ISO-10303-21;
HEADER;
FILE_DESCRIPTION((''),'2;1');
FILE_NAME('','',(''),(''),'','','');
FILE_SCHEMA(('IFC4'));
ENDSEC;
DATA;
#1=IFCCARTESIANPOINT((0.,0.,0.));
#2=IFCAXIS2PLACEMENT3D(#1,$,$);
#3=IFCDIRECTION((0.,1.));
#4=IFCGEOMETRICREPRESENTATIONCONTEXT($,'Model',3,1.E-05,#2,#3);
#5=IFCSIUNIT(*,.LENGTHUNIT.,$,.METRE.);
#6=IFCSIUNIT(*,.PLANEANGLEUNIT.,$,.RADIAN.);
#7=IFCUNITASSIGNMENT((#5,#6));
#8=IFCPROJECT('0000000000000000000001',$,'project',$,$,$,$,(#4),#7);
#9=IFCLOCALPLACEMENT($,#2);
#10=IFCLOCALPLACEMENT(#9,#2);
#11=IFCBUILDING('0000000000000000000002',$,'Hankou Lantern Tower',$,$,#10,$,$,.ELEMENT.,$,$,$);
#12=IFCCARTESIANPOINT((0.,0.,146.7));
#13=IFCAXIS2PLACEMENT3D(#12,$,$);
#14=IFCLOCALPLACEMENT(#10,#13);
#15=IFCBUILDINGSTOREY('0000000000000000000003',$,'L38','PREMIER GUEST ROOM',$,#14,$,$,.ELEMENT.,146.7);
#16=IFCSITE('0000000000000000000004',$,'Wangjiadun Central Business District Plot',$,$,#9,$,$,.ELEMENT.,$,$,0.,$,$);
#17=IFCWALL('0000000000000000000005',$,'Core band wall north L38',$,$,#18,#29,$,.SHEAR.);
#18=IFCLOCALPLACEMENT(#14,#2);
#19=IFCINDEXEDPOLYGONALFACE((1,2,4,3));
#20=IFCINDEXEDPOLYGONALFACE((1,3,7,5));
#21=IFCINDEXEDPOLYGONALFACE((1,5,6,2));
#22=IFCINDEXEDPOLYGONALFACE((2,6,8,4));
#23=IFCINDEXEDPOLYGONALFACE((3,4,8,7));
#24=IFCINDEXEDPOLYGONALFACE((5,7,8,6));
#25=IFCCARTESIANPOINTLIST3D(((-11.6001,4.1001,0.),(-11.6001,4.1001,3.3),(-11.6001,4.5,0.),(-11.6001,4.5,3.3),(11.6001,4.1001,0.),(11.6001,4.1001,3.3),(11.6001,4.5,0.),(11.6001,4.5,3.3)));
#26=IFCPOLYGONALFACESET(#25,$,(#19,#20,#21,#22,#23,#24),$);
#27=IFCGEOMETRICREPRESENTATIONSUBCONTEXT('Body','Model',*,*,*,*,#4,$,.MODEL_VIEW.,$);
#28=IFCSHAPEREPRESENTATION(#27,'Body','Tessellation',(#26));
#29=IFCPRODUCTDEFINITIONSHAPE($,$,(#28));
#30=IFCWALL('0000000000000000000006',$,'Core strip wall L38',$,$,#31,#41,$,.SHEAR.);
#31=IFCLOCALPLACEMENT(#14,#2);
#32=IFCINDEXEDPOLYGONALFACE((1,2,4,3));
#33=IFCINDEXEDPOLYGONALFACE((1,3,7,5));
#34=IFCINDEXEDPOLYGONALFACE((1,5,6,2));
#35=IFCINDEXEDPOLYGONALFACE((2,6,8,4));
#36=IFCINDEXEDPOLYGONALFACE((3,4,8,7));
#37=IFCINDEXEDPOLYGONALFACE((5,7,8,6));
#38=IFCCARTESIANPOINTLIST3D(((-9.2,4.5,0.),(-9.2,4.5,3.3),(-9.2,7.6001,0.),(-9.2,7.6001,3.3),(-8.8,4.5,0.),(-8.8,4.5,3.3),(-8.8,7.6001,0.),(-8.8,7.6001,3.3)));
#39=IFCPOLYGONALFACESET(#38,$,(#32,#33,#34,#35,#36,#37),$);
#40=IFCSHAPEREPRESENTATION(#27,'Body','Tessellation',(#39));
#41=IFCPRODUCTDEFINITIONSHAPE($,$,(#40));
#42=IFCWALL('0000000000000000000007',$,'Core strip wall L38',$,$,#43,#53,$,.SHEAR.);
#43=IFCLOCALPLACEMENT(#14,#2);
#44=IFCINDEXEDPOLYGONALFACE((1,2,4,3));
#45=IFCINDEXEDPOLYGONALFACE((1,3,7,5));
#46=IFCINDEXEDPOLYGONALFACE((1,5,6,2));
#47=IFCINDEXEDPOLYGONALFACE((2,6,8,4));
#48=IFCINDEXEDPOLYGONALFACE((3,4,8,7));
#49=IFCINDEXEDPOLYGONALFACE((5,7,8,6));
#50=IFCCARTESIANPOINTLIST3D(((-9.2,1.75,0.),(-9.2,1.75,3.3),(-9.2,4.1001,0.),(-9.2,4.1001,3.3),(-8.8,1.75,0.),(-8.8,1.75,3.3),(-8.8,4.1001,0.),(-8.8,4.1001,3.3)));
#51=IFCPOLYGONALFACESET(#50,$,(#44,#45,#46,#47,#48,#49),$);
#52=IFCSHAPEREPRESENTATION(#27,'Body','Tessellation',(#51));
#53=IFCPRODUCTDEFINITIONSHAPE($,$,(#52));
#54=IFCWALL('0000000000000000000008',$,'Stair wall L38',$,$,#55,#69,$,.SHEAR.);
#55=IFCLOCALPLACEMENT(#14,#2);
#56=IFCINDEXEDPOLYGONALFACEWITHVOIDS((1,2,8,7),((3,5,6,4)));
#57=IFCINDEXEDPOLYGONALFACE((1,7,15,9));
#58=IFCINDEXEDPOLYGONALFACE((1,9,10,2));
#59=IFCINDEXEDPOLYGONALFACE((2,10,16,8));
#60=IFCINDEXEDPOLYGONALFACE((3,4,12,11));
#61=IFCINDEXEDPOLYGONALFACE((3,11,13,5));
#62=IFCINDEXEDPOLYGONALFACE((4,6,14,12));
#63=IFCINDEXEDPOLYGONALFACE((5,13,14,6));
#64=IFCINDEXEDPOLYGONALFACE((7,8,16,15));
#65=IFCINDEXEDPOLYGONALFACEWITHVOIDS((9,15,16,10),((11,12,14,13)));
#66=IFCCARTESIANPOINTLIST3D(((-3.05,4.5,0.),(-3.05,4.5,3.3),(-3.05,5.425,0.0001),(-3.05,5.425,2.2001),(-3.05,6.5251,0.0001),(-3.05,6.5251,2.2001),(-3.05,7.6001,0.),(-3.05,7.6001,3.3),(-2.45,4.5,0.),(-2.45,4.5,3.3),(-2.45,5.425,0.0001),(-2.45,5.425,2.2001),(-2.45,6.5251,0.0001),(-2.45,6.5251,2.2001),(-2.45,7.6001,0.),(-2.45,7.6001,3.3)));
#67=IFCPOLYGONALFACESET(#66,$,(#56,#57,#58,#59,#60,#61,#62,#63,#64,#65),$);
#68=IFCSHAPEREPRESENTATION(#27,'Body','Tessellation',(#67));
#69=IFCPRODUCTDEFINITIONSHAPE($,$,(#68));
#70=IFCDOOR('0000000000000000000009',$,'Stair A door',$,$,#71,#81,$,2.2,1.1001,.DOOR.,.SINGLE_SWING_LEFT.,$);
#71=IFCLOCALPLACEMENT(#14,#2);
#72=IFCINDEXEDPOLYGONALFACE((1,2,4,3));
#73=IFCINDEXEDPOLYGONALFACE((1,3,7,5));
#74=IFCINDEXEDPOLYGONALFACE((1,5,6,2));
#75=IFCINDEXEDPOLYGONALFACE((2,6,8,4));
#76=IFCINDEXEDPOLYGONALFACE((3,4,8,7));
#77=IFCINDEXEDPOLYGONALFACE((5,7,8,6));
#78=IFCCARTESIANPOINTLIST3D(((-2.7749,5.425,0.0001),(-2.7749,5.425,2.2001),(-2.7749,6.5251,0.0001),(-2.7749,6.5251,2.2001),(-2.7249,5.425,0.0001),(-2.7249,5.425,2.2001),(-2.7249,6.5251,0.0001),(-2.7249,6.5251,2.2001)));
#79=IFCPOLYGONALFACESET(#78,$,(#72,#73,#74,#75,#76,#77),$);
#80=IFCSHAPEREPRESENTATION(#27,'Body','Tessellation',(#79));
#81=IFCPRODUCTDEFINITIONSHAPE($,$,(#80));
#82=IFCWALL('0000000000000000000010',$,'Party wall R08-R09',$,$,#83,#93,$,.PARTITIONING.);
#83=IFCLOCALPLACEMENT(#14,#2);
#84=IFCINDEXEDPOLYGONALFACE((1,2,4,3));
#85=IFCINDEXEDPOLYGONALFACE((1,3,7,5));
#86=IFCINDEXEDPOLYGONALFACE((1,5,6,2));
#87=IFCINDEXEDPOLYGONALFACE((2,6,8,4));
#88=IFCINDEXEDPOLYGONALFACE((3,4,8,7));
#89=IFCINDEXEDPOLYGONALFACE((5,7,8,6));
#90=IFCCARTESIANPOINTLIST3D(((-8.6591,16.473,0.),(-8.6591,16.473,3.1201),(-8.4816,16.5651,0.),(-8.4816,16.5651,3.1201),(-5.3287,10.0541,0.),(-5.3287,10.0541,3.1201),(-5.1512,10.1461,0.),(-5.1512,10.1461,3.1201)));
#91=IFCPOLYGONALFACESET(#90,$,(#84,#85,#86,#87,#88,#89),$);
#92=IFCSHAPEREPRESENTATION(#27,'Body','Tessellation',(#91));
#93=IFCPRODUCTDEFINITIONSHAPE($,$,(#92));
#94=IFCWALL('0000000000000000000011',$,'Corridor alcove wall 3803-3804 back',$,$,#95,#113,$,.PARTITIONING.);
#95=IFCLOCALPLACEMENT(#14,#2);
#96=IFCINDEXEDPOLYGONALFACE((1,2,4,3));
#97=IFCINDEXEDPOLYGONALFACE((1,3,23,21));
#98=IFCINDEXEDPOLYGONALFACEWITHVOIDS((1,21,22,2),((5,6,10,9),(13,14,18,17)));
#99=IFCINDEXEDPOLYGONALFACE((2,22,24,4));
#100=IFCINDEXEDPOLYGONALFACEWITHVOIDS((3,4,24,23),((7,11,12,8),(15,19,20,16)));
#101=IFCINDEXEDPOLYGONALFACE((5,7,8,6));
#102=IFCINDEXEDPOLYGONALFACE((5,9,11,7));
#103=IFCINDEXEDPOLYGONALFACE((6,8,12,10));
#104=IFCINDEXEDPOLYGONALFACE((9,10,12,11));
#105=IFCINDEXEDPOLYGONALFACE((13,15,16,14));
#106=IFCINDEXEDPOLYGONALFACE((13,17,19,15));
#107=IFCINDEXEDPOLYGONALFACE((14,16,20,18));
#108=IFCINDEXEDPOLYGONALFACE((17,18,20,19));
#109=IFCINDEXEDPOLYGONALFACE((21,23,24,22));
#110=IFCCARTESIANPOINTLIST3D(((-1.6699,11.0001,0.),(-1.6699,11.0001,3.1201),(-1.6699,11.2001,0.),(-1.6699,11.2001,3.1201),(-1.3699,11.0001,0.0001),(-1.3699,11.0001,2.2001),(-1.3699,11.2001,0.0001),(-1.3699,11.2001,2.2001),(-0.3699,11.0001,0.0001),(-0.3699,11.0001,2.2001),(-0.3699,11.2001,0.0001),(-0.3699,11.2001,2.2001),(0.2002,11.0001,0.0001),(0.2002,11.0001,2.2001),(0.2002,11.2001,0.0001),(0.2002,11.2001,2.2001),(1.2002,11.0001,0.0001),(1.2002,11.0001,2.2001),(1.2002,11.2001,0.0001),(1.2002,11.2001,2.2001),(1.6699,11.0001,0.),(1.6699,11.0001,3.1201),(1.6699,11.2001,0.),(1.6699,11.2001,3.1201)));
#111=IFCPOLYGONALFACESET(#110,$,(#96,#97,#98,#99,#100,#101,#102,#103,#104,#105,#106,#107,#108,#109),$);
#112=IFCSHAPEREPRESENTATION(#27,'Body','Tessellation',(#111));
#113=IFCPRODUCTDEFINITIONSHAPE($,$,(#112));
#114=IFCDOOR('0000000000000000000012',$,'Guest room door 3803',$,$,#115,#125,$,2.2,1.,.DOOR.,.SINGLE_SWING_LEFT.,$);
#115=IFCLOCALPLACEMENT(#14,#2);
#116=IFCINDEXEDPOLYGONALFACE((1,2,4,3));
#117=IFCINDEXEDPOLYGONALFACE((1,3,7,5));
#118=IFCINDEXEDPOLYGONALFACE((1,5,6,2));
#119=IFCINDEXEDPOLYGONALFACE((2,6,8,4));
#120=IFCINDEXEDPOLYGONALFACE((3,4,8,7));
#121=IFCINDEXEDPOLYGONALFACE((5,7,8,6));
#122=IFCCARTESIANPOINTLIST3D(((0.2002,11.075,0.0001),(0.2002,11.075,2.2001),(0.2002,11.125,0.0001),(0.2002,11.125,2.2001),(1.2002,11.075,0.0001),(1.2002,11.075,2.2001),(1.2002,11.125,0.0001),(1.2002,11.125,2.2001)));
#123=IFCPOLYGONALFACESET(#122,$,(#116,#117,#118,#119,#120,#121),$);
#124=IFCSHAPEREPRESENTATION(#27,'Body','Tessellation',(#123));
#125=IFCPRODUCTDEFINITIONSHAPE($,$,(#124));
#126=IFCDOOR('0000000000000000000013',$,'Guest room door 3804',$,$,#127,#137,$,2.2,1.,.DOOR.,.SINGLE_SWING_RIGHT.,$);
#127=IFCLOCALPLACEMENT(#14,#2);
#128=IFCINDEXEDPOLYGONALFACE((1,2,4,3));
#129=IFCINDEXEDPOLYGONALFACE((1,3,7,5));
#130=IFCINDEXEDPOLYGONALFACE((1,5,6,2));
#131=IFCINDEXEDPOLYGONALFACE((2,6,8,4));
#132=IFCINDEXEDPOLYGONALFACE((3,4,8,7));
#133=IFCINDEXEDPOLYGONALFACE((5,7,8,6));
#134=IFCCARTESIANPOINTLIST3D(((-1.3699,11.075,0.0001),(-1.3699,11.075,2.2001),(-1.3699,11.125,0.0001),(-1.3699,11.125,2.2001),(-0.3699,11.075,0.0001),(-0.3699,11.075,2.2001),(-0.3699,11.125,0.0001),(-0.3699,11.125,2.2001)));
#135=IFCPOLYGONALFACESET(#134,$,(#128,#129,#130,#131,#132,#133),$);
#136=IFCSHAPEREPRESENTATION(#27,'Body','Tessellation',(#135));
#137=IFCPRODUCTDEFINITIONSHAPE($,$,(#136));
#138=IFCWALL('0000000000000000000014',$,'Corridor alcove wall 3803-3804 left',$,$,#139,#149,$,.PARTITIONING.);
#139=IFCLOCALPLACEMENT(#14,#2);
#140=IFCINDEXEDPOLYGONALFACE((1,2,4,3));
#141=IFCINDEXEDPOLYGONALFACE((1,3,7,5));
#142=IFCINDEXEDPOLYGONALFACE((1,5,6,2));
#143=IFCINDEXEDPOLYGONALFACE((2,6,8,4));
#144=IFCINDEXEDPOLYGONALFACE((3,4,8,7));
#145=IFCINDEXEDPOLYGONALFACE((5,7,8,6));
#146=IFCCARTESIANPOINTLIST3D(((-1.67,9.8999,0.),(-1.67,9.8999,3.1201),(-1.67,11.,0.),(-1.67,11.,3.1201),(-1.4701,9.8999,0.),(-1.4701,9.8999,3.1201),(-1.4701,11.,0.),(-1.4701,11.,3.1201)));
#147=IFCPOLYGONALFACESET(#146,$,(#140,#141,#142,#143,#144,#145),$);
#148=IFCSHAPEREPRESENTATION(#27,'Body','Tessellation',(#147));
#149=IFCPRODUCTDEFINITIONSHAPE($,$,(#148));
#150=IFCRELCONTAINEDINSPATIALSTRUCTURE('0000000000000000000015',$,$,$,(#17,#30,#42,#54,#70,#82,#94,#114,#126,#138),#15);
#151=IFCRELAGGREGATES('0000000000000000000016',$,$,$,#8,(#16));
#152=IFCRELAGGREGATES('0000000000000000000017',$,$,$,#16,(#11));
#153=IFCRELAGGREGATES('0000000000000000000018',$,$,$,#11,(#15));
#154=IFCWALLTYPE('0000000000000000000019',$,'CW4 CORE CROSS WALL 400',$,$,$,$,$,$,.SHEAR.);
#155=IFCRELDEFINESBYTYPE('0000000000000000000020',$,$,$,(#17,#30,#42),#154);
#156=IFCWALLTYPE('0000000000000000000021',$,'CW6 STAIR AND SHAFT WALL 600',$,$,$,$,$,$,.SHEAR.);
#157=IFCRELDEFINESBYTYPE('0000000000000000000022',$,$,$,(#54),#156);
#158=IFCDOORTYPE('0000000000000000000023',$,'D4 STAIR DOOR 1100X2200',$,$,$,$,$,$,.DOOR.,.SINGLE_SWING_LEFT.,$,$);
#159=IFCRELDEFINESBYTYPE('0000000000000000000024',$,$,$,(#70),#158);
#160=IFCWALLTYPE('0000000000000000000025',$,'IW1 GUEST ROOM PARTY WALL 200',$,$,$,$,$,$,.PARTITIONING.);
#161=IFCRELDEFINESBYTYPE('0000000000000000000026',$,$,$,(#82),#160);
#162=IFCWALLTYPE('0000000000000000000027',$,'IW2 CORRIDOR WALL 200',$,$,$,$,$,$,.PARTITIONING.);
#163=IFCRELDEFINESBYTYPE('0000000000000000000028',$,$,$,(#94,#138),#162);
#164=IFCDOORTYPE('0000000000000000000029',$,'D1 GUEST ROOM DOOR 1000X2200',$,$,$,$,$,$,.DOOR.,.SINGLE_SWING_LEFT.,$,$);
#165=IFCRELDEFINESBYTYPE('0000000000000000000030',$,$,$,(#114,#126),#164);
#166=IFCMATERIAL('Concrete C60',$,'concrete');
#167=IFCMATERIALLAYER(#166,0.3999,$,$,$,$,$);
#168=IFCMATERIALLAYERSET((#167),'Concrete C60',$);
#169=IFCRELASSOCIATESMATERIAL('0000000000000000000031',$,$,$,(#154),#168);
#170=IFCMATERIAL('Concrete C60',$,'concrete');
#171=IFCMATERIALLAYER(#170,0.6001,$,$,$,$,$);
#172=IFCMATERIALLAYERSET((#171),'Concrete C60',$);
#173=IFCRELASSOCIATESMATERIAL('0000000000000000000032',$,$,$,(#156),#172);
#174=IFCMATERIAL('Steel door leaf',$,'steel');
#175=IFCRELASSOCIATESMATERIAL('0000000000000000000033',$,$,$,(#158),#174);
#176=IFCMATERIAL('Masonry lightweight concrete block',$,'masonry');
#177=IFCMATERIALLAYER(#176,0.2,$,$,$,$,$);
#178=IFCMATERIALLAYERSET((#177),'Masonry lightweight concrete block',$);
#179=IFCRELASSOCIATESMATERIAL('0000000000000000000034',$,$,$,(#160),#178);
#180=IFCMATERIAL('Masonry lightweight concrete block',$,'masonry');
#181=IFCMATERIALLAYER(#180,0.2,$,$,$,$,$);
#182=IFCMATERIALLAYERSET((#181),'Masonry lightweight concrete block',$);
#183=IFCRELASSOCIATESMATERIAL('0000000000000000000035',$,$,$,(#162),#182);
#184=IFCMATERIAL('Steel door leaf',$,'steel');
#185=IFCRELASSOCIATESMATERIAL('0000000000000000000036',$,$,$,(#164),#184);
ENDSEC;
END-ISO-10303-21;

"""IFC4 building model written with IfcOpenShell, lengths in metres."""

from ifc_helpers import new_model, si_unit, direction, frame, frame_2d, origin, place, context, subcontext, project, spatial, rectangle, extrude, material, layer, layer_set, type_object, element, fill, save


model = new_model("IFC4")

# Units and contexts
model_context = context("Model", 3, precision=1e-05, world=origin(), true_north=direction((0.0, 1.0)))
body_context = subcontext(model_context, "Body", "Model", "MODEL_VIEW")
ifc_project = project(units=[si_unit("LENGTHUNIT", "METRE"), si_unit("PLANEANGLEUNIT", "RADIAN")], contexts=[model_context])

# Site, building, storey
site_placement = place(None, origin())
site = spatial("IfcSite", under=ifc_project, at=site_placement, Name="Wangjiadun Central Business District Plot", CompositionType="ELEMENT", RefElevation=0.0)
building_placement = place(site_placement, origin())
building = spatial("IfcBuilding", under=site, at=building_placement, Name="Hankou Lantern Tower", CompositionType="ELEMENT")
storey_placement = place(building_placement, frame((0.0, 0.0, 146.7)))
storey = spatial("IfcBuildingStorey", under=building, at=storey_placement, Name="L38", Description="PREMIER GUEST ROOM", CompositionType="ELEMENT", Elevation=146.7)

# Walls
ifc_material_1 = material(Name="Concrete C60", Category="concrete")
ifc_layer_1 = layer(ifc_material_1, 0.3999)
ifc_layer_set_1 = layer_set([ifc_layer_1], Name="Concrete C60")
wall_type_1 = type_object("IfcWallType", Name="CW4 CORE CROSS WALL 400", PredefinedType="SHEAR", material=ifc_layer_set_1)
wall_1_placement = place(storey_placement, frame((-11.6001, 4.3, 0.0), z_axis=(0.0, 0.0, 1.0), x_axis=(1.0, 0.0, 0.0)))
element("IfcWall", 1, at=wall_1_placement, inside=storey, type_object=wall_type_1, Name="Core band wall north L38", PredefinedType="SHEAR", context=body_context, shape_type="SweptSolid", body=[
    extrude(rectangle(XDim=23.2002, YDim=0.3999, at=frame_2d((11.6001, 0.0))), origin(), (0.0, 0.0, 1.0), 3.3),
])
wall_2_placement = place(storey_placement, frame((-9.0, 4.5, 0.0), z_axis=(0.0, 0.0, 1.0), x_axis=(0.0, 1.0, 0.0)))
element("IfcWall", 2, at=wall_2_placement, inside=storey, type_object=wall_type_1, Name="Core strip wall L38", PredefinedType="SHEAR", context=body_context, shape_type="SweptSolid", body=[
    extrude(rectangle(XDim=3.1001, YDim=0.3999, at=frame_2d((1.55, 0.0))), origin(), (0.0, 0.0, 1.0), 3.3),
])
wall_3_placement = place(storey_placement, frame((-9.0, 1.75, 0.0), z_axis=(0.0, 0.0, 1.0), x_axis=(0.0, 1.0, 0.0)))
element("IfcWall", 3, at=wall_3_placement, inside=storey, type_object=wall_type_1, Name="Core strip wall L38", PredefinedType="SHEAR", context=body_context, shape_type="SweptSolid", body=[
    extrude(rectangle(XDim=2.3501, YDim=0.3999, at=frame_2d((1.175, 0.0))), origin(), (0.0, 0.0, 1.0), 3.3),
])

# Wall, opening, door
ifc_material_2 = material(Name="Concrete C60", Category="concrete")
ifc_layer_2 = layer(ifc_material_2, 0.6001)
ifc_layer_set_2 = layer_set([ifc_layer_2], Name="Concrete C60")
wall_type_2 = type_object("IfcWallType", Name="CW6 STAIR AND SHAFT WALL 600", PredefinedType="SHEAR", material=ifc_layer_set_2)
wall_4_placement = place(storey_placement, frame((-2.75, 4.5, 0.0), z_axis=(0.0, 0.0, 1.0), x_axis=(0.0, 1.0, 0.0)))
wall_4 = element("IfcWall", 4, at=wall_4_placement, inside=storey, type_object=wall_type_2, Name="Stair wall L38", PredefinedType="SHEAR", context=body_context, shape_type="SweptSolid", body=[
    extrude(rectangle(XDim=3.1001, YDim=0.6001, at=frame_2d((1.55, 0.0))), origin(), (0.0, 0.0, 1.0), 3.3),
])
opening_1_placement = place(wall_4_placement, frame((0.925, 0.0, 0.0)))
opening_1 = element("IfcOpeningElement", 5, at=opening_1_placement, cuts=wall_4, PredefinedType="OPENING", context=body_context, shape_type="SweptSolid", body=[
    extrude(rectangle(XDim=1.1001, YDim=2.2, at=frame_2d((0.55, 1.1001))), frame((0.0, 0.3101, 0.0), z_axis=(0.0, -1.0, 0.0), x_axis=(1.0, 0.0, 0.0)), (0.0, 0.0, 1.0), 0.6201),
])
ifc_material_3 = material(Name="Steel door leaf", Category="steel")
door_type_1 = type_object("IfcDoorType", Name="D4 STAIR DOOR 1100X2200", OperationType="SINGLE_SWING_LEFT", PredefinedType="DOOR", material=ifc_material_3)
door_1_placement = place(opening_1_placement, origin())
door_1 = element("IfcDoor", 6, at=door_1_placement, inside=storey, type_object=door_type_1, Name="Stair A door", OperationType="SINGLE_SWING_LEFT", OverallHeight=2.2, OverallWidth=1.1001, PredefinedType="DOOR", context=body_context, shape_type="SweptSolid", body=[
    extrude(rectangle(XDim=1.1001, YDim=2.2, at=frame_2d((0.55, 1.1001))), frame((0.0, 0.0249, 0.0), z_axis=(0.0, -1.0, 0.0), x_axis=(1.0, 0.0, 0.0)), (0.0, 0.0, 1.0), 0.05),
])
fill(opening_1, door_1)

# Wall
ifc_material_4 = material(Name="Masonry lightweight concrete block", Category="masonry")
ifc_layer_3 = layer(ifc_material_4, 0.2)
ifc_layer_set_3 = layer_set([ifc_layer_3], Name="Masonry lightweight concrete block")
wall_type_3 = type_object("IfcWallType", Name="IW1 GUEST ROOM PARTY WALL 200", PredefinedType="PARTITIONING", material=ifc_layer_set_3)
wall_5_placement = place(storey_placement, frame((-5.24, 10.1001, 0.0), z_axis=(0.0, 0.0, 1.0), x_axis=(-0.460533, 0.887643, 0.0)))
element("IfcWall", 7, at=wall_5_placement, inside=storey, type_object=wall_type_3, Name="Party wall R08-R09", PredefinedType="PARTITIONING", context=body_context, shape_type="SweptSolid", body=[
    extrude(rectangle(XDim=7.2314, YDim=0.2, at=frame_2d((3.6157, 0.0))), origin(), (0.0, 0.0, 1.0), 3.1201),
])

# Wall, openings, doors
ifc_material_5 = material(Name="Masonry lightweight concrete block", Category="masonry")
ifc_layer_4 = layer(ifc_material_5, 0.2)
ifc_layer_set_4 = layer_set([ifc_layer_4], Name="Masonry lightweight concrete block")
wall_type_4 = type_object("IfcWallType", Name="IW2 CORRIDOR WALL 200", PredefinedType="PARTITIONING", material=ifc_layer_set_4)
wall_6_placement = place(storey_placement, frame((-1.6699, 11.1001, 0.0), z_axis=(0.0, 0.0, 1.0), x_axis=(1.0, 0.0, 0.0)))
wall_6 = element("IfcWall", 8, at=wall_6_placement, inside=storey, type_object=wall_type_4, Name="Corridor alcove wall 3803-3804 back", PredefinedType="PARTITIONING", context=body_context, shape_type="SweptSolid", body=[
    extrude(rectangle(XDim=3.3398, YDim=0.2, at=frame_2d((1.6699, 0.0))), origin(), (0.0, 0.0, 1.0), 3.1201),
])
opening_2_placement = place(wall_6_placement, frame((1.8701, 0.0, 0.0)))
opening_2 = element("IfcOpeningElement", 9, at=opening_2_placement, cuts=wall_6, PredefinedType="OPENING", context=body_context, shape_type="SweptSolid", body=[
    extrude(rectangle(XDim=1.0, YDim=2.2, at=frame_2d((0.5, 1.1001))), frame((0.0, 0.1099, 0.0), z_axis=(0.0, -1.0, 0.0), x_axis=(1.0, 0.0, 0.0)), (0.0, 0.0, 1.0), 0.22),
])
opening_3_placement = place(wall_6_placement, frame((0.3, 0.0, 0.0)))
opening_3 = element("IfcOpeningElement", 10, at=opening_3_placement, cuts=wall_6, PredefinedType="OPENING", context=body_context, shape_type="SweptSolid", body=[
    extrude(rectangle(XDim=1.0, YDim=2.2, at=frame_2d((0.5, 1.1001))), frame((0.0, 0.1099, 0.0), z_axis=(0.0, -1.0, 0.0), x_axis=(1.0, 0.0, 0.0)), (0.0, 0.0, 1.0), 0.22),
])
ifc_material_6 = material(Name="Steel door leaf", Category="steel")
door_type_2 = type_object("IfcDoorType", Name="D1 GUEST ROOM DOOR 1000X2200", OperationType="SINGLE_SWING_LEFT", PredefinedType="DOOR", material=ifc_material_6)
door_2_placement = place(opening_2_placement, origin())
door_2 = element("IfcDoor", 11, at=door_2_placement, inside=storey, type_object=door_type_2, Name="Guest room door 3803", OperationType="SINGLE_SWING_LEFT", OverallHeight=2.2, OverallWidth=1.0, PredefinedType="DOOR", context=body_context, shape_type="SweptSolid", body=[
    extrude(rectangle(XDim=1.0, YDim=2.2, at=frame_2d((0.5, 1.1001))), frame((0.0, 0.0249, 0.0), z_axis=(0.0, -1.0, 0.0), x_axis=(1.0, 0.0, 0.0)), (0.0, 0.0, 1.0), 0.05),
])
fill(opening_2, door_2)
door_3_placement = place(opening_3_placement, origin())
door_3 = element("IfcDoor", 12, at=door_3_placement, inside=storey, type_object=door_type_2, Name="Guest room door 3804", OperationType="SINGLE_SWING_RIGHT", OverallHeight=2.2, OverallWidth=1.0, PredefinedType="DOOR", context=body_context, shape_type="SweptSolid", body=[
    extrude(rectangle(XDim=1.0, YDim=2.2, at=frame_2d((0.5, 1.1001))), frame((0.0, 0.0249, 0.0), z_axis=(0.0, -1.0, 0.0), x_axis=(1.0, 0.0, 0.0)), (0.0, 0.0, 1.0), 0.05),
])
fill(opening_3, door_3)

# Wall
wall_7_placement = place(storey_placement, frame((-1.5701, 9.8999, 0.0), z_axis=(0.0, 0.0, 1.0), x_axis=(0.0, 1.0, 0.0)))
element("IfcWall", 13, at=wall_7_placement, inside=storey, type_object=wall_type_4, Name="Corridor alcove wall 3803-3804 left", PredefinedType="PARTITIONING", context=body_context, shape_type="SweptSolid", body=[
    extrude(rectangle(XDim=1.1001, YDim=0.2, at=frame_2d((0.55, 0.0))), origin(), (0.0, 0.0, 1.0), 3.1201),
])

save(model, "model.ifc")
